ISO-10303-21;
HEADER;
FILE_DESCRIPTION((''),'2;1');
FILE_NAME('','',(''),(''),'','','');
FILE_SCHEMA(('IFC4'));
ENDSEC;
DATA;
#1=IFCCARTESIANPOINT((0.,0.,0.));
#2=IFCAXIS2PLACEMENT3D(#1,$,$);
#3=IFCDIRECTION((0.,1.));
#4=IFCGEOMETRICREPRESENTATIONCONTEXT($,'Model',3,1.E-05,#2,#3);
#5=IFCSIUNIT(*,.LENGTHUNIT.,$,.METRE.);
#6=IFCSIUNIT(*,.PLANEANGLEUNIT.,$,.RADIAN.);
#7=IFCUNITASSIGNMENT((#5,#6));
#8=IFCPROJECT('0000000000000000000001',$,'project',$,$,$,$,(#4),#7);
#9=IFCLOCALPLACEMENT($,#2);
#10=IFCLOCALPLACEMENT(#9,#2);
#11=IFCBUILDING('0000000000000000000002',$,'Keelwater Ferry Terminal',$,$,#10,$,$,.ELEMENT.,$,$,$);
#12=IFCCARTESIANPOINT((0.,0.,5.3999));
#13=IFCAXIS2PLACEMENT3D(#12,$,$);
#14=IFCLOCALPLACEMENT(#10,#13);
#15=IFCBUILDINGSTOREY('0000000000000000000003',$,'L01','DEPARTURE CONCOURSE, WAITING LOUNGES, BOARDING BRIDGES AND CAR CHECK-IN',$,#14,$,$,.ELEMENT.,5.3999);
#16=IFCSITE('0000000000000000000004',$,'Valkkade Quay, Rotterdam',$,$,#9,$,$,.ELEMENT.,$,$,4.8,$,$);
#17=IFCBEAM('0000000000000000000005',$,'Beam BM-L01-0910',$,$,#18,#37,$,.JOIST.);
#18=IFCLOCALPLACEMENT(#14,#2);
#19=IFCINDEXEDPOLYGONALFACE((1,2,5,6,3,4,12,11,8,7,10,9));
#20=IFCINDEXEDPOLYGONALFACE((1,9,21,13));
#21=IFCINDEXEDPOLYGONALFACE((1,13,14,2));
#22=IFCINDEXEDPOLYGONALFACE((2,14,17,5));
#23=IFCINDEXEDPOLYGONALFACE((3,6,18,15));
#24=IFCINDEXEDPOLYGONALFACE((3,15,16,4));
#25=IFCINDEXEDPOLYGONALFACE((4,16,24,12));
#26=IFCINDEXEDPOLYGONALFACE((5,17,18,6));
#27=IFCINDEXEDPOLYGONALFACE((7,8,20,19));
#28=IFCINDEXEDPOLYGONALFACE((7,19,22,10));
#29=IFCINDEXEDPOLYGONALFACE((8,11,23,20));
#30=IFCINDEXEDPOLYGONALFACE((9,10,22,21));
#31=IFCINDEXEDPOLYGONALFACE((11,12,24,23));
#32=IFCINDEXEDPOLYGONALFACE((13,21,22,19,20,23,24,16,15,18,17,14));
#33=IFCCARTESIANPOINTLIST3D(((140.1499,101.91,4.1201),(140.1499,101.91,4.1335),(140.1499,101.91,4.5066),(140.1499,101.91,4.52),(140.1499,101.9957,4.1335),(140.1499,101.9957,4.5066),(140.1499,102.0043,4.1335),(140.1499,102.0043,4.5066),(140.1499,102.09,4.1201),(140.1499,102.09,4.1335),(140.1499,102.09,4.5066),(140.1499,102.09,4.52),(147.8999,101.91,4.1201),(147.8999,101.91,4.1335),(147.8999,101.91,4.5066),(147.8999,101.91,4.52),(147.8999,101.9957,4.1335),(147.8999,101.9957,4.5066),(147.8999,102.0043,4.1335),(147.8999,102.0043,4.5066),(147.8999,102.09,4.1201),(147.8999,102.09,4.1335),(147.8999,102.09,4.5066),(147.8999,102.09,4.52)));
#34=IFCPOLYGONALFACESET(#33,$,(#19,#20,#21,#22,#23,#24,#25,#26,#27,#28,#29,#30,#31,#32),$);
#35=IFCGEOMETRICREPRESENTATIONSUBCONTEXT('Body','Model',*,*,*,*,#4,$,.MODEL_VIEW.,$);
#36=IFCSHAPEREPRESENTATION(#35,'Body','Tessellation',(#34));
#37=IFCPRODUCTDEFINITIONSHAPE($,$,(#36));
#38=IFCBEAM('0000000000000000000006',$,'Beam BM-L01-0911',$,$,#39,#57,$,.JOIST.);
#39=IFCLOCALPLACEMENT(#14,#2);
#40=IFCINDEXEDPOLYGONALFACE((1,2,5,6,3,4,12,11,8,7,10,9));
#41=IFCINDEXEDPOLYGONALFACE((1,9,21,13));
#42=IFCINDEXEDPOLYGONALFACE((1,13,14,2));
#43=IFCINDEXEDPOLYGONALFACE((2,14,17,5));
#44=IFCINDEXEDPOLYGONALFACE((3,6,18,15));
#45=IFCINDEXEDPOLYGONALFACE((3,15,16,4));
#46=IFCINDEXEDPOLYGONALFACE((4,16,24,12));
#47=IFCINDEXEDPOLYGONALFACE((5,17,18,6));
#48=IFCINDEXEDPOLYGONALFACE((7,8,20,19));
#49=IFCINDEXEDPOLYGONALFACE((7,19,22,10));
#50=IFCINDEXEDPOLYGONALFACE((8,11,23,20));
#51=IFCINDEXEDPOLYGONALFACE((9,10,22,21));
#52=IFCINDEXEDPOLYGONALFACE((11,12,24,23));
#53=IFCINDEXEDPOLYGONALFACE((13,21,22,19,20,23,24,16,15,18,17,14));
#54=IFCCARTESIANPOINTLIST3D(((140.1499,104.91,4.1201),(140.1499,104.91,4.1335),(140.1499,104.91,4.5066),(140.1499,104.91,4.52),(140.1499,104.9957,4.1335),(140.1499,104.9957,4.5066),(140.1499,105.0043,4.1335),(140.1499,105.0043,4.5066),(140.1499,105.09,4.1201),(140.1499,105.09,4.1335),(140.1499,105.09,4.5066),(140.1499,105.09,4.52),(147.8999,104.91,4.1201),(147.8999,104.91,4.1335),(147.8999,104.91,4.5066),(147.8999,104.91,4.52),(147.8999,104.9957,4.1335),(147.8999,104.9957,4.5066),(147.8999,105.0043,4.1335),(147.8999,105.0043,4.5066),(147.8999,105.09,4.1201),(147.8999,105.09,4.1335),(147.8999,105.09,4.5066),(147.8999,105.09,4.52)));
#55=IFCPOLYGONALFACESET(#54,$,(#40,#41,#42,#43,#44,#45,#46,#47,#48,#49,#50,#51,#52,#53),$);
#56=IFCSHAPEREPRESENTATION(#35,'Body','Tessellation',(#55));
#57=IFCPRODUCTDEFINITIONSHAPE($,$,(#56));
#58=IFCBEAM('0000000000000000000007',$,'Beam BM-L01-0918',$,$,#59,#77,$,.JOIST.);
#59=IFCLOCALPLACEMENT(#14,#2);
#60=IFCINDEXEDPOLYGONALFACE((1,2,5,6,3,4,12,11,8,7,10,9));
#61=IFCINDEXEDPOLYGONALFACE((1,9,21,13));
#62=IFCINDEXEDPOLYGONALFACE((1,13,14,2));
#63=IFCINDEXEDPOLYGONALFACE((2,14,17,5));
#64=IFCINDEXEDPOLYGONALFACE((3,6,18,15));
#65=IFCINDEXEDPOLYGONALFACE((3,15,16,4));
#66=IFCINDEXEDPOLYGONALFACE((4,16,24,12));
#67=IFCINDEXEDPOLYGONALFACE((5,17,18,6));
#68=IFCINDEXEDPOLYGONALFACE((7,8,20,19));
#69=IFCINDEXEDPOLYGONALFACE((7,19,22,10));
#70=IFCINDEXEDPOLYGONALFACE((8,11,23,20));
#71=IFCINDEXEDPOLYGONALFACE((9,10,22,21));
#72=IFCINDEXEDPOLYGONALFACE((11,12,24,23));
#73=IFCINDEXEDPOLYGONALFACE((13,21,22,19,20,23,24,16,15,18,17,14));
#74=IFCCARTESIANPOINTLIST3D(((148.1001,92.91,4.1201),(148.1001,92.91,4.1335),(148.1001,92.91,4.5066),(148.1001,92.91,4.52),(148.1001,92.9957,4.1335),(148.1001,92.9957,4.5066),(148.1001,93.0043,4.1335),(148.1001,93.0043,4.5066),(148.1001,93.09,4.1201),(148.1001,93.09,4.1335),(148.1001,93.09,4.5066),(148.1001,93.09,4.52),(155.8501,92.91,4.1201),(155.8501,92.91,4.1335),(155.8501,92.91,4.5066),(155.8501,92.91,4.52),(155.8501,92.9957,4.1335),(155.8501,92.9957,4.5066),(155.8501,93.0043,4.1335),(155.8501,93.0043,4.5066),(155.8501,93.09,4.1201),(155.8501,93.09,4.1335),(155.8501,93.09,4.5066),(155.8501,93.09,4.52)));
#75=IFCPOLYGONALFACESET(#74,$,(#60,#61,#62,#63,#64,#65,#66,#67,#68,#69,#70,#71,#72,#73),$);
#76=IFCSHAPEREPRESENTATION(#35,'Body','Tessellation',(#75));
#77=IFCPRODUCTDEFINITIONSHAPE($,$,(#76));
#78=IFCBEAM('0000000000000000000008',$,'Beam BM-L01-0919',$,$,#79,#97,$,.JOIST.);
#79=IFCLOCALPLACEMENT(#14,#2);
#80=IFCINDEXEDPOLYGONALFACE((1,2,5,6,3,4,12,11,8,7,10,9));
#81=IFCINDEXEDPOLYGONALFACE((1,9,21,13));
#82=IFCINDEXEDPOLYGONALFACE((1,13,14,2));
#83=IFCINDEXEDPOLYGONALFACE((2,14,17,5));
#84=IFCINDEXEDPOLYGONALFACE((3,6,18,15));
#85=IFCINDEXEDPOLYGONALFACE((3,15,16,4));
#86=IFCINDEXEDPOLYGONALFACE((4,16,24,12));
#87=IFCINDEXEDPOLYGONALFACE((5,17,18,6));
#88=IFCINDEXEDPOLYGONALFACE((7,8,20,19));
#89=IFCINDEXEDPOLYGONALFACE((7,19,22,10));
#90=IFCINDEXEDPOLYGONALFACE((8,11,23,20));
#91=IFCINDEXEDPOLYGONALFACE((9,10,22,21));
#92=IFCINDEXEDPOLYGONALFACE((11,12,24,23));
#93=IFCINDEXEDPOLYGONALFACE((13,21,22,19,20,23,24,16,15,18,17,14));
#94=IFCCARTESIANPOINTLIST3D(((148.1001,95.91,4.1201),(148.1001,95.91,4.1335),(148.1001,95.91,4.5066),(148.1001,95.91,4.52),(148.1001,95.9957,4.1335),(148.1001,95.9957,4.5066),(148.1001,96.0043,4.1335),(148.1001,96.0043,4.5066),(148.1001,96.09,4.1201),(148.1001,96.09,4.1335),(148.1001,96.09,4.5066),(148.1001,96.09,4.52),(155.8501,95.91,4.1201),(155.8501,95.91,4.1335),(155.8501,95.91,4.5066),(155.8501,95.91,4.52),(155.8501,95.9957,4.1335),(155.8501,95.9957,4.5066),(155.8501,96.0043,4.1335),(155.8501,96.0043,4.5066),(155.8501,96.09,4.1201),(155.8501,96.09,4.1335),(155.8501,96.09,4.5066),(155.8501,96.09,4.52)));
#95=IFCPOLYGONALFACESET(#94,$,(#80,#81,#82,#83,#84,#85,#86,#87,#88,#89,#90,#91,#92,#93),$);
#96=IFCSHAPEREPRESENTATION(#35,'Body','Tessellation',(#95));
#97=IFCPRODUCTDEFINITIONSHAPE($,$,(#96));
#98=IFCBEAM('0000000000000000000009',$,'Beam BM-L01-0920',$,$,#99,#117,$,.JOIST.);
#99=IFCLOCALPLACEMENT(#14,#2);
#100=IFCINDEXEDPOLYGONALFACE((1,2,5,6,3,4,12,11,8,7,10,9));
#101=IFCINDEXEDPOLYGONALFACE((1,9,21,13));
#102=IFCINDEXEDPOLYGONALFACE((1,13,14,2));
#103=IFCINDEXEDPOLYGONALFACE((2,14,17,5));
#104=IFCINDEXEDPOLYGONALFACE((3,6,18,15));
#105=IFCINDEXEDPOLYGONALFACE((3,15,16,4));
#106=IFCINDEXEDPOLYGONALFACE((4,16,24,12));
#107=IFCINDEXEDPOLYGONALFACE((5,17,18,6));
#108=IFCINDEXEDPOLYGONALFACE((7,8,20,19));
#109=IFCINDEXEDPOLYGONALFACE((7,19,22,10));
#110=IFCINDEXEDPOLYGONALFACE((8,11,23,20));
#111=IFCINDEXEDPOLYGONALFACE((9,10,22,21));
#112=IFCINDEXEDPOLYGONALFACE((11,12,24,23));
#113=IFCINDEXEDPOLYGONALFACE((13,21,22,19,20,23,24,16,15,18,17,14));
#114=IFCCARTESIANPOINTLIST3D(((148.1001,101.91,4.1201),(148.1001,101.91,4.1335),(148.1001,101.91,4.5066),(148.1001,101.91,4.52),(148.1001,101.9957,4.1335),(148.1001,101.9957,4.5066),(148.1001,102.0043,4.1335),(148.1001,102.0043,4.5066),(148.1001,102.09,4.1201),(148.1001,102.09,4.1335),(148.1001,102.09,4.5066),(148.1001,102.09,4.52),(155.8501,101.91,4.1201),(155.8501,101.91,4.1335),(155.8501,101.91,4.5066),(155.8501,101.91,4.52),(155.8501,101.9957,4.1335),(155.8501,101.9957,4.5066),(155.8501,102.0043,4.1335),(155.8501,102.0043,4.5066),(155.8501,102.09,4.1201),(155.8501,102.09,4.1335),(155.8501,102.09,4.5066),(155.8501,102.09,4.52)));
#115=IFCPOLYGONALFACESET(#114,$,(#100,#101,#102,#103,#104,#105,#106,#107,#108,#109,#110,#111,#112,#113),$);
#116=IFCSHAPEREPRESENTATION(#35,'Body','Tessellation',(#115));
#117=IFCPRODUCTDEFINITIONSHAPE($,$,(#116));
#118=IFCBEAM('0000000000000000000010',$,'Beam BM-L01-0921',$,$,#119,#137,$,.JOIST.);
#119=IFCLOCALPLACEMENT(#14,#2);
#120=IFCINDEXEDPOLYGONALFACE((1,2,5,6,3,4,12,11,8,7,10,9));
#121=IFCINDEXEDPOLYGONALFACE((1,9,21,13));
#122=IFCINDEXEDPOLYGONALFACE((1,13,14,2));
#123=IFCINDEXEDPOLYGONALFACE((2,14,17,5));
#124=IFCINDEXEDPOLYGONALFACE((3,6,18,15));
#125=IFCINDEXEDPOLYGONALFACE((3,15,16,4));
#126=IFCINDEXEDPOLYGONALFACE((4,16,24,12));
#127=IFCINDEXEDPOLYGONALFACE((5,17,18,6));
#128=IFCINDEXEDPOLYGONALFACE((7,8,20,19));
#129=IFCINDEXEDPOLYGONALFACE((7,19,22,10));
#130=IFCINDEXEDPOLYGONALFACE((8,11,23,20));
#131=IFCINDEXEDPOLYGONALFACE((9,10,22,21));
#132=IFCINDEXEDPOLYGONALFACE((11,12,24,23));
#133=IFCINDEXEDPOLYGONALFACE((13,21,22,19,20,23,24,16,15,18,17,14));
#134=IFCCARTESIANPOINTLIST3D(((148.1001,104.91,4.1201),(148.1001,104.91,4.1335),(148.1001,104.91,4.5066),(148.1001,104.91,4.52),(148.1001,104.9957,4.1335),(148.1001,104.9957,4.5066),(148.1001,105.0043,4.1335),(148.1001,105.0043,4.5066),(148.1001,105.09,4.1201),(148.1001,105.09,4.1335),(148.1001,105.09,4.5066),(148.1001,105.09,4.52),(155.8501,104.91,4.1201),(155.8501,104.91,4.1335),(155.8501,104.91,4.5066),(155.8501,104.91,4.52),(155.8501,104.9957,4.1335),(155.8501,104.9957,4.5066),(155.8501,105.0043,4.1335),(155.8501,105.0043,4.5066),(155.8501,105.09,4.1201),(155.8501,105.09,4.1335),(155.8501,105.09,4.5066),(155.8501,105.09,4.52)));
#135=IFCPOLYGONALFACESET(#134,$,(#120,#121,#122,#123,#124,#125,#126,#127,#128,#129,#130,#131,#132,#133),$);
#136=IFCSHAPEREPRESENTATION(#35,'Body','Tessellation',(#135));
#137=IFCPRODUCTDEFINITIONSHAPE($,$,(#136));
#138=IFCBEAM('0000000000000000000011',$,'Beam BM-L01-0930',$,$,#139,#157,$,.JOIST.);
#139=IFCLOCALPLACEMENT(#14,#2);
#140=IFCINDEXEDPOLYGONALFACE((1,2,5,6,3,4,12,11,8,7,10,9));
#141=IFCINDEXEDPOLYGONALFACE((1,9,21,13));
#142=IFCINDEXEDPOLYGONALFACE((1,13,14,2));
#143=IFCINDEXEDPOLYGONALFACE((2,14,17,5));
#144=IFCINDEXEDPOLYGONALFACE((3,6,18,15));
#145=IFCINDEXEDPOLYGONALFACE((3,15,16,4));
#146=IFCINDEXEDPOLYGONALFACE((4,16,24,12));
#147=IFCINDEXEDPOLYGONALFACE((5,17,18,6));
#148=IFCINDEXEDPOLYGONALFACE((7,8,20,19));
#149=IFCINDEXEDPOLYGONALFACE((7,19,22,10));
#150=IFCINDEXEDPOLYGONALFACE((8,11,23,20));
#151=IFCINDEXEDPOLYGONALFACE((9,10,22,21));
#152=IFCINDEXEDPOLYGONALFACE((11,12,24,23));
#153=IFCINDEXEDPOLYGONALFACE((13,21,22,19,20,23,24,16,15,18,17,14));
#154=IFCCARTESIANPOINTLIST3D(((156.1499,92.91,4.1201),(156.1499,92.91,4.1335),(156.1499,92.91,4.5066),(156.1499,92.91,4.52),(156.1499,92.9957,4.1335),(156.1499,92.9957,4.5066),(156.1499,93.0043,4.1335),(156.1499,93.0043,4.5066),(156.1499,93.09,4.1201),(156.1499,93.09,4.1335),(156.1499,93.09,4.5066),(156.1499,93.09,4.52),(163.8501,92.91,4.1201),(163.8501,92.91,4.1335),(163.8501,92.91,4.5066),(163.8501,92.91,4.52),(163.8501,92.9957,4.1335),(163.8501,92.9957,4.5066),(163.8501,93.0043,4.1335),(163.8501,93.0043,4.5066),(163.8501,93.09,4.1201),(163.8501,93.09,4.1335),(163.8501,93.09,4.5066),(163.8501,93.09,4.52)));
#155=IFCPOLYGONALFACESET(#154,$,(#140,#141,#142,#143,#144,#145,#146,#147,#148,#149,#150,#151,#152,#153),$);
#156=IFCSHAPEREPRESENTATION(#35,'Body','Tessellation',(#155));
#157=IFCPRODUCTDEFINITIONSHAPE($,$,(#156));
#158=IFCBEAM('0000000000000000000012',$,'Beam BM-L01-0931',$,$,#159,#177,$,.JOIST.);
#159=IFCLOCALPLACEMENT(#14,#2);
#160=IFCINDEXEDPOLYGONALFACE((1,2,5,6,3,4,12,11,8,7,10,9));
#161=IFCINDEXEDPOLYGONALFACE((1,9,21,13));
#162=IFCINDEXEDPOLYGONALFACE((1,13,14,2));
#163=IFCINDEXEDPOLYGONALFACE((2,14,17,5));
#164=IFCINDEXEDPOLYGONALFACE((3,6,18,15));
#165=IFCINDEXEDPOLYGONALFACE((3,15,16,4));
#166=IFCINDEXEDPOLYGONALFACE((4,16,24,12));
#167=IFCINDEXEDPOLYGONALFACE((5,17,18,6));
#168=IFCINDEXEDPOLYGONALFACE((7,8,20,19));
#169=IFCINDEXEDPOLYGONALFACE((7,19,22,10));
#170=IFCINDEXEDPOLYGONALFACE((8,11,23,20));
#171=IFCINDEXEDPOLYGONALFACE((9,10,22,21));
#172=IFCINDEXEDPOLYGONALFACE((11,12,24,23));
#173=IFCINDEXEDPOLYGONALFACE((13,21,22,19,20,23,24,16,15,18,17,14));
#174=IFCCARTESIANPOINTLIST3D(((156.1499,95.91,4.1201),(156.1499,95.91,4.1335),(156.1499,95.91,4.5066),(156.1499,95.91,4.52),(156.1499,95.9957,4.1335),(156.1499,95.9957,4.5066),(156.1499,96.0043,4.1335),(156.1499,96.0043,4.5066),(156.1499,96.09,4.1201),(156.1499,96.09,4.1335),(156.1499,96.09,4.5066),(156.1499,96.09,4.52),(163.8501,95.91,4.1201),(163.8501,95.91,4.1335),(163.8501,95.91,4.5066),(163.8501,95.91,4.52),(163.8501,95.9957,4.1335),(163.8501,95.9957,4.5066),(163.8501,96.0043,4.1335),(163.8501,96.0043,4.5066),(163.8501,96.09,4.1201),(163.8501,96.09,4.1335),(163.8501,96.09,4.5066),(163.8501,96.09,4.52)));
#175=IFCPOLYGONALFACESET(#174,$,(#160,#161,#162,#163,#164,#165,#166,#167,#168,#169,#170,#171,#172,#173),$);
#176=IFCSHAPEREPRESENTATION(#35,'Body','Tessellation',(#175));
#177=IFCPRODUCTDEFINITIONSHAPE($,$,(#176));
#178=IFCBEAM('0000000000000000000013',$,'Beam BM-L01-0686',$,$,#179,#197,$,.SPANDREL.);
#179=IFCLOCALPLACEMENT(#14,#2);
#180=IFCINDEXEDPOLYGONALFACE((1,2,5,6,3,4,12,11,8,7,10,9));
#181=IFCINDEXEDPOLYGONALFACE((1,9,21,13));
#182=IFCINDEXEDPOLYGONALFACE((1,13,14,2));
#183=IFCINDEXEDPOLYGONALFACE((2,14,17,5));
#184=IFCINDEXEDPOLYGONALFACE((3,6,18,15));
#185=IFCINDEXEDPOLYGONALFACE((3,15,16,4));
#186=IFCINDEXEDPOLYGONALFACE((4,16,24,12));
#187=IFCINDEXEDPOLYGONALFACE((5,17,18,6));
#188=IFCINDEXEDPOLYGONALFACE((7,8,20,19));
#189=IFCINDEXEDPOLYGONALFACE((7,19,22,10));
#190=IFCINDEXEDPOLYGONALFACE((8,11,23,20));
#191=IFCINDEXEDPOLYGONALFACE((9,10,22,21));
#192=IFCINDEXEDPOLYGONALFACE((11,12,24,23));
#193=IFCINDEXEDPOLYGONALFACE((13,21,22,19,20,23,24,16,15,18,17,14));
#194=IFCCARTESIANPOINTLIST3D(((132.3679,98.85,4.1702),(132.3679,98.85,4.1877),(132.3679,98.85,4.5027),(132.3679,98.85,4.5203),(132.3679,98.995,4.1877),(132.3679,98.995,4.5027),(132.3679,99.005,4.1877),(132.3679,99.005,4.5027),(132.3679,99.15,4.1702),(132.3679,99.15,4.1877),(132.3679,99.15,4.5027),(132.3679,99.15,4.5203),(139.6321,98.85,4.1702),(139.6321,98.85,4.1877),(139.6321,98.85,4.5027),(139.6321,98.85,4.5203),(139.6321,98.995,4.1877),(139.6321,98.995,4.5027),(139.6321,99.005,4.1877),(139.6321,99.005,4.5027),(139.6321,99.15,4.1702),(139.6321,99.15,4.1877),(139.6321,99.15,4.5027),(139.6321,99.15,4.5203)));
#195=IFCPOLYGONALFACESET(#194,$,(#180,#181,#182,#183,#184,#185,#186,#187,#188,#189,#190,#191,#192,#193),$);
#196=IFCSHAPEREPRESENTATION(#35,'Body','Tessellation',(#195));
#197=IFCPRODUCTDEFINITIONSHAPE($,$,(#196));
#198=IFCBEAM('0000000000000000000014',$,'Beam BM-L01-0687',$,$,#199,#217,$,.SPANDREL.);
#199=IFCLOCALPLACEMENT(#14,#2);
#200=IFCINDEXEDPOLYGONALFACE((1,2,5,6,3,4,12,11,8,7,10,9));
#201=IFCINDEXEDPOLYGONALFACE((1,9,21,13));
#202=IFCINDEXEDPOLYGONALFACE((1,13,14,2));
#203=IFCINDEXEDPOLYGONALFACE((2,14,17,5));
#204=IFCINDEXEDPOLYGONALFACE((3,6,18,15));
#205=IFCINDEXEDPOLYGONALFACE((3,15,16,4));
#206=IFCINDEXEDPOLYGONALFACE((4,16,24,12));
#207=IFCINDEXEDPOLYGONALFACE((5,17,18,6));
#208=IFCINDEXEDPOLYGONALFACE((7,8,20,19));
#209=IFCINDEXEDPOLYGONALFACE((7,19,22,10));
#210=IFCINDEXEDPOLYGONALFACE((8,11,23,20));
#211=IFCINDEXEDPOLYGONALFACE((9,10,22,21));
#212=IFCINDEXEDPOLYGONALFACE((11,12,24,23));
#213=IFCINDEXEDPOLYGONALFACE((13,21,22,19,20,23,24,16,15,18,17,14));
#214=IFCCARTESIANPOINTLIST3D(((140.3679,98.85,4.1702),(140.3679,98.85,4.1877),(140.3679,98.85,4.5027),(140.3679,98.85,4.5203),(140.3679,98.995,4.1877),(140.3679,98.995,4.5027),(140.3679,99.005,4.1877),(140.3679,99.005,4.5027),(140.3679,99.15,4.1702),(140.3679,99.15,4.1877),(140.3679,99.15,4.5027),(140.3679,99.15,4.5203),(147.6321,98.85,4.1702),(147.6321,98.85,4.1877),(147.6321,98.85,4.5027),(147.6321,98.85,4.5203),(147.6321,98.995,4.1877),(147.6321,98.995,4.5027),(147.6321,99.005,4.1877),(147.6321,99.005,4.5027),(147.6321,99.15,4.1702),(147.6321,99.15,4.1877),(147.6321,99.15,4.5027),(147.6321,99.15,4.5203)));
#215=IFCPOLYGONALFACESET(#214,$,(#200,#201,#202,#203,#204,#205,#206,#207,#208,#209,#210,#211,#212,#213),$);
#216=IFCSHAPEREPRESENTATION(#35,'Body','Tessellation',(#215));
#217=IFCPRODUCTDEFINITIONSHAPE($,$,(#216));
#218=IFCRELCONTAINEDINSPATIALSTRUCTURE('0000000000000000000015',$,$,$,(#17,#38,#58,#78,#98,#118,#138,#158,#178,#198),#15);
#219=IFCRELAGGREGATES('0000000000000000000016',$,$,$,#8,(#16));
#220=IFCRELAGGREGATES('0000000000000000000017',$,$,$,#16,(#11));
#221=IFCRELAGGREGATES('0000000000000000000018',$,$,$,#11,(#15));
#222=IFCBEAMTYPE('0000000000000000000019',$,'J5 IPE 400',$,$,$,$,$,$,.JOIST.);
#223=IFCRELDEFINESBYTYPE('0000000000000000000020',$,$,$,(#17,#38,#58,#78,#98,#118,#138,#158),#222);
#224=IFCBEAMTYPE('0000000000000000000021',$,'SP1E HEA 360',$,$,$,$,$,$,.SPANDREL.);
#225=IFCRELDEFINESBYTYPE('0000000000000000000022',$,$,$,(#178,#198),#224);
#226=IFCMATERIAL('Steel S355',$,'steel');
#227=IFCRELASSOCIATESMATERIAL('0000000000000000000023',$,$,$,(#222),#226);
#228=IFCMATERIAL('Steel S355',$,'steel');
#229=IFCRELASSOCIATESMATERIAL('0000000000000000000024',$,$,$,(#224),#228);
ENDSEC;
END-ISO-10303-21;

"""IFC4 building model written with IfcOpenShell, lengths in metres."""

from ifc_helpers import new_model, si_unit, direction, frame, origin, origin_2d, place, context, subcontext, project, spatial, i_section, extrude, material, material_profile, profile_set, type_object, element, save


model = new_model("IFC4")

# Units and contexts
model_context = context("Model", 3, precision=1e-05, world=origin(), true_north=direction((0.0, 1.0)))
body_context = subcontext(model_context, "Body", "Model", "MODEL_VIEW")
ifc_project = project(units=[si_unit("LENGTHUNIT", "METRE"), si_unit("PLANEANGLEUNIT", "RADIAN")], contexts=[model_context])

# Site, building, storey
site_placement = place(None, origin())
site = spatial("IfcSite", under=ifc_project, at=site_placement, Name="Valkkade Quay, Rotterdam", CompositionType="ELEMENT", RefElevation=4.8)
building_placement = place(site_placement, origin())
building = spatial("IfcBuilding", under=site, at=building_placement, Name="Keelwater Ferry Terminal", CompositionType="ELEMENT")
storey_placement = place(building_placement, frame((0.0, 0.0, 5.3999)))
storey = spatial("IfcBuildingStorey", under=building, at=storey_placement, Name="L01", Description="DEPARTURE CONCOURSE, WAITING LOUNGES, BOARDING BRIDGES AND CAR CHECK-IN", CompositionType="ELEMENT", Elevation=5.3999)

# Beams
ifc_material_1 = material(Name="Steel S355", Category="steel")
ifc_material_profile_1 = material_profile(ifc_material_1, i_section(OverallWidth=0.1799, OverallDepth=0.3999, WebThickness=0.0085, FlangeThickness=0.0134, at=origin_2d()), Name="IPE 400")
ifc_profile_set_1 = profile_set([ifc_material_profile_1], Name="Steel S355")
beam_type_1 = type_object("IfcBeamType", Name="J5 IPE 400", PredefinedType="JOIST", material=ifc_profile_set_1)
for number, where, z_axis, x_axis, name in (
    (1, (140.1499, 102.0, 4.3201), (1.0, 0.0, 0.0), (0.0, 1.0, 0.0), "Beam BM-L01-0910"),
    (2, (140.1499, 105.0, 4.3201), (1.0, 0.0, 0.0), (0.0, 1.0, 0.0), "Beam BM-L01-0911"),
    (3, (148.1001, 93.0, 4.3201), (1.0, 0.0, 0.0), (0.0, 1.0, 0.0), "Beam BM-L01-0918"),
    (4, (148.1001, 96.0, 4.3201), (1.0, 0.0, 0.0), (0.0, 1.0, 0.0), "Beam BM-L01-0919"),
    (5, (148.1001, 102.0, 4.3201), (1.0, 0.0, 0.0), (0.0, 1.0, 0.0), "Beam BM-L01-0920"),
    (6, (148.1001, 105.0, 4.3201), (1.0, 0.0, 0.0), (0.0, 1.0, 0.0), "Beam BM-L01-0921"),
):
    element("IfcBeam", number, at=place(storey_placement, frame(where, z_axis=z_axis, x_axis=x_axis)), inside=storey, type_object=beam_type_1, Name=name, PredefinedType="JOIST", context=body_context, shape_type="SweptSolid", body=[
        extrude(i_section(OverallWidth=0.1799, OverallDepth=0.3999, WebThickness=0.0085, FlangeThickness=0.0134, at=origin_2d()), origin(), (0.0, 0.0, 1.0), 7.75),
    ])
for number, where, z_axis, x_axis, name in (
    (7, (156.1499, 93.0, 4.3201), (1.0, 0.0, 0.0), (0.0, 1.0, 0.0), "Beam BM-L01-0930"),
    (8, (156.1499, 96.0, 4.3201), (1.0, 0.0, 0.0), (0.0, 1.0, 0.0), "Beam BM-L01-0931"),
):
    element("IfcBeam", number, at=place(storey_placement, frame(where, z_axis=z_axis, x_axis=x_axis)), inside=storey, type_object=beam_type_1, Name=name, PredefinedType="JOIST", context=body_context, shape_type="SweptSolid", body=[
        extrude(i_section(OverallWidth=0.1799, OverallDepth=0.3999, WebThickness=0.0085, FlangeThickness=0.0134, at=origin_2d()), origin(), (0.0, 0.0, 1.0), 7.7002),
    ])
ifc_material_2 = material(Name="Steel S355", Category="steel")
ifc_material_profile_2 = material_profile(ifc_material_2, i_section(OverallWidth=0.3, OverallDepth=0.3501, WebThickness=0.01, FlangeThickness=0.0176, at=origin_2d()), Name="HEA 360")
ifc_profile_set_2 = profile_set([ifc_material_profile_2], Name="Steel S355")
beam_type_2 = type_object("IfcBeamType", Name="SP1E HEA 360", PredefinedType="SPANDREL", material=ifc_profile_set_2)
for number, where, z_axis, x_axis, name in (
    (9, (132.3679, 99.0, 4.3452), (1.0, 0.0, 0.0), (0.0, 1.0, 0.0), "Beam BM-L01-0686"),
    (10, (140.3679, 99.0, 4.3452), (1.0, 0.0, 0.0), (0.0, 1.0, 0.0), "Beam BM-L01-0687"),
):
    element("IfcBeam", number, at=place(storey_placement, frame(where, z_axis=z_axis, x_axis=x_axis)), inside=storey, type_object=beam_type_2, Name=name, PredefinedType="SPANDREL", context=body_context, shape_type="SweptSolid", body=[
        extrude(i_section(OverallWidth=0.3, OverallDepth=0.3501, WebThickness=0.01, FlangeThickness=0.0176, at=origin_2d()), origin(), (0.0, 0.0, 1.0), 7.2642),
    ])

save(model, "model.ifc")
